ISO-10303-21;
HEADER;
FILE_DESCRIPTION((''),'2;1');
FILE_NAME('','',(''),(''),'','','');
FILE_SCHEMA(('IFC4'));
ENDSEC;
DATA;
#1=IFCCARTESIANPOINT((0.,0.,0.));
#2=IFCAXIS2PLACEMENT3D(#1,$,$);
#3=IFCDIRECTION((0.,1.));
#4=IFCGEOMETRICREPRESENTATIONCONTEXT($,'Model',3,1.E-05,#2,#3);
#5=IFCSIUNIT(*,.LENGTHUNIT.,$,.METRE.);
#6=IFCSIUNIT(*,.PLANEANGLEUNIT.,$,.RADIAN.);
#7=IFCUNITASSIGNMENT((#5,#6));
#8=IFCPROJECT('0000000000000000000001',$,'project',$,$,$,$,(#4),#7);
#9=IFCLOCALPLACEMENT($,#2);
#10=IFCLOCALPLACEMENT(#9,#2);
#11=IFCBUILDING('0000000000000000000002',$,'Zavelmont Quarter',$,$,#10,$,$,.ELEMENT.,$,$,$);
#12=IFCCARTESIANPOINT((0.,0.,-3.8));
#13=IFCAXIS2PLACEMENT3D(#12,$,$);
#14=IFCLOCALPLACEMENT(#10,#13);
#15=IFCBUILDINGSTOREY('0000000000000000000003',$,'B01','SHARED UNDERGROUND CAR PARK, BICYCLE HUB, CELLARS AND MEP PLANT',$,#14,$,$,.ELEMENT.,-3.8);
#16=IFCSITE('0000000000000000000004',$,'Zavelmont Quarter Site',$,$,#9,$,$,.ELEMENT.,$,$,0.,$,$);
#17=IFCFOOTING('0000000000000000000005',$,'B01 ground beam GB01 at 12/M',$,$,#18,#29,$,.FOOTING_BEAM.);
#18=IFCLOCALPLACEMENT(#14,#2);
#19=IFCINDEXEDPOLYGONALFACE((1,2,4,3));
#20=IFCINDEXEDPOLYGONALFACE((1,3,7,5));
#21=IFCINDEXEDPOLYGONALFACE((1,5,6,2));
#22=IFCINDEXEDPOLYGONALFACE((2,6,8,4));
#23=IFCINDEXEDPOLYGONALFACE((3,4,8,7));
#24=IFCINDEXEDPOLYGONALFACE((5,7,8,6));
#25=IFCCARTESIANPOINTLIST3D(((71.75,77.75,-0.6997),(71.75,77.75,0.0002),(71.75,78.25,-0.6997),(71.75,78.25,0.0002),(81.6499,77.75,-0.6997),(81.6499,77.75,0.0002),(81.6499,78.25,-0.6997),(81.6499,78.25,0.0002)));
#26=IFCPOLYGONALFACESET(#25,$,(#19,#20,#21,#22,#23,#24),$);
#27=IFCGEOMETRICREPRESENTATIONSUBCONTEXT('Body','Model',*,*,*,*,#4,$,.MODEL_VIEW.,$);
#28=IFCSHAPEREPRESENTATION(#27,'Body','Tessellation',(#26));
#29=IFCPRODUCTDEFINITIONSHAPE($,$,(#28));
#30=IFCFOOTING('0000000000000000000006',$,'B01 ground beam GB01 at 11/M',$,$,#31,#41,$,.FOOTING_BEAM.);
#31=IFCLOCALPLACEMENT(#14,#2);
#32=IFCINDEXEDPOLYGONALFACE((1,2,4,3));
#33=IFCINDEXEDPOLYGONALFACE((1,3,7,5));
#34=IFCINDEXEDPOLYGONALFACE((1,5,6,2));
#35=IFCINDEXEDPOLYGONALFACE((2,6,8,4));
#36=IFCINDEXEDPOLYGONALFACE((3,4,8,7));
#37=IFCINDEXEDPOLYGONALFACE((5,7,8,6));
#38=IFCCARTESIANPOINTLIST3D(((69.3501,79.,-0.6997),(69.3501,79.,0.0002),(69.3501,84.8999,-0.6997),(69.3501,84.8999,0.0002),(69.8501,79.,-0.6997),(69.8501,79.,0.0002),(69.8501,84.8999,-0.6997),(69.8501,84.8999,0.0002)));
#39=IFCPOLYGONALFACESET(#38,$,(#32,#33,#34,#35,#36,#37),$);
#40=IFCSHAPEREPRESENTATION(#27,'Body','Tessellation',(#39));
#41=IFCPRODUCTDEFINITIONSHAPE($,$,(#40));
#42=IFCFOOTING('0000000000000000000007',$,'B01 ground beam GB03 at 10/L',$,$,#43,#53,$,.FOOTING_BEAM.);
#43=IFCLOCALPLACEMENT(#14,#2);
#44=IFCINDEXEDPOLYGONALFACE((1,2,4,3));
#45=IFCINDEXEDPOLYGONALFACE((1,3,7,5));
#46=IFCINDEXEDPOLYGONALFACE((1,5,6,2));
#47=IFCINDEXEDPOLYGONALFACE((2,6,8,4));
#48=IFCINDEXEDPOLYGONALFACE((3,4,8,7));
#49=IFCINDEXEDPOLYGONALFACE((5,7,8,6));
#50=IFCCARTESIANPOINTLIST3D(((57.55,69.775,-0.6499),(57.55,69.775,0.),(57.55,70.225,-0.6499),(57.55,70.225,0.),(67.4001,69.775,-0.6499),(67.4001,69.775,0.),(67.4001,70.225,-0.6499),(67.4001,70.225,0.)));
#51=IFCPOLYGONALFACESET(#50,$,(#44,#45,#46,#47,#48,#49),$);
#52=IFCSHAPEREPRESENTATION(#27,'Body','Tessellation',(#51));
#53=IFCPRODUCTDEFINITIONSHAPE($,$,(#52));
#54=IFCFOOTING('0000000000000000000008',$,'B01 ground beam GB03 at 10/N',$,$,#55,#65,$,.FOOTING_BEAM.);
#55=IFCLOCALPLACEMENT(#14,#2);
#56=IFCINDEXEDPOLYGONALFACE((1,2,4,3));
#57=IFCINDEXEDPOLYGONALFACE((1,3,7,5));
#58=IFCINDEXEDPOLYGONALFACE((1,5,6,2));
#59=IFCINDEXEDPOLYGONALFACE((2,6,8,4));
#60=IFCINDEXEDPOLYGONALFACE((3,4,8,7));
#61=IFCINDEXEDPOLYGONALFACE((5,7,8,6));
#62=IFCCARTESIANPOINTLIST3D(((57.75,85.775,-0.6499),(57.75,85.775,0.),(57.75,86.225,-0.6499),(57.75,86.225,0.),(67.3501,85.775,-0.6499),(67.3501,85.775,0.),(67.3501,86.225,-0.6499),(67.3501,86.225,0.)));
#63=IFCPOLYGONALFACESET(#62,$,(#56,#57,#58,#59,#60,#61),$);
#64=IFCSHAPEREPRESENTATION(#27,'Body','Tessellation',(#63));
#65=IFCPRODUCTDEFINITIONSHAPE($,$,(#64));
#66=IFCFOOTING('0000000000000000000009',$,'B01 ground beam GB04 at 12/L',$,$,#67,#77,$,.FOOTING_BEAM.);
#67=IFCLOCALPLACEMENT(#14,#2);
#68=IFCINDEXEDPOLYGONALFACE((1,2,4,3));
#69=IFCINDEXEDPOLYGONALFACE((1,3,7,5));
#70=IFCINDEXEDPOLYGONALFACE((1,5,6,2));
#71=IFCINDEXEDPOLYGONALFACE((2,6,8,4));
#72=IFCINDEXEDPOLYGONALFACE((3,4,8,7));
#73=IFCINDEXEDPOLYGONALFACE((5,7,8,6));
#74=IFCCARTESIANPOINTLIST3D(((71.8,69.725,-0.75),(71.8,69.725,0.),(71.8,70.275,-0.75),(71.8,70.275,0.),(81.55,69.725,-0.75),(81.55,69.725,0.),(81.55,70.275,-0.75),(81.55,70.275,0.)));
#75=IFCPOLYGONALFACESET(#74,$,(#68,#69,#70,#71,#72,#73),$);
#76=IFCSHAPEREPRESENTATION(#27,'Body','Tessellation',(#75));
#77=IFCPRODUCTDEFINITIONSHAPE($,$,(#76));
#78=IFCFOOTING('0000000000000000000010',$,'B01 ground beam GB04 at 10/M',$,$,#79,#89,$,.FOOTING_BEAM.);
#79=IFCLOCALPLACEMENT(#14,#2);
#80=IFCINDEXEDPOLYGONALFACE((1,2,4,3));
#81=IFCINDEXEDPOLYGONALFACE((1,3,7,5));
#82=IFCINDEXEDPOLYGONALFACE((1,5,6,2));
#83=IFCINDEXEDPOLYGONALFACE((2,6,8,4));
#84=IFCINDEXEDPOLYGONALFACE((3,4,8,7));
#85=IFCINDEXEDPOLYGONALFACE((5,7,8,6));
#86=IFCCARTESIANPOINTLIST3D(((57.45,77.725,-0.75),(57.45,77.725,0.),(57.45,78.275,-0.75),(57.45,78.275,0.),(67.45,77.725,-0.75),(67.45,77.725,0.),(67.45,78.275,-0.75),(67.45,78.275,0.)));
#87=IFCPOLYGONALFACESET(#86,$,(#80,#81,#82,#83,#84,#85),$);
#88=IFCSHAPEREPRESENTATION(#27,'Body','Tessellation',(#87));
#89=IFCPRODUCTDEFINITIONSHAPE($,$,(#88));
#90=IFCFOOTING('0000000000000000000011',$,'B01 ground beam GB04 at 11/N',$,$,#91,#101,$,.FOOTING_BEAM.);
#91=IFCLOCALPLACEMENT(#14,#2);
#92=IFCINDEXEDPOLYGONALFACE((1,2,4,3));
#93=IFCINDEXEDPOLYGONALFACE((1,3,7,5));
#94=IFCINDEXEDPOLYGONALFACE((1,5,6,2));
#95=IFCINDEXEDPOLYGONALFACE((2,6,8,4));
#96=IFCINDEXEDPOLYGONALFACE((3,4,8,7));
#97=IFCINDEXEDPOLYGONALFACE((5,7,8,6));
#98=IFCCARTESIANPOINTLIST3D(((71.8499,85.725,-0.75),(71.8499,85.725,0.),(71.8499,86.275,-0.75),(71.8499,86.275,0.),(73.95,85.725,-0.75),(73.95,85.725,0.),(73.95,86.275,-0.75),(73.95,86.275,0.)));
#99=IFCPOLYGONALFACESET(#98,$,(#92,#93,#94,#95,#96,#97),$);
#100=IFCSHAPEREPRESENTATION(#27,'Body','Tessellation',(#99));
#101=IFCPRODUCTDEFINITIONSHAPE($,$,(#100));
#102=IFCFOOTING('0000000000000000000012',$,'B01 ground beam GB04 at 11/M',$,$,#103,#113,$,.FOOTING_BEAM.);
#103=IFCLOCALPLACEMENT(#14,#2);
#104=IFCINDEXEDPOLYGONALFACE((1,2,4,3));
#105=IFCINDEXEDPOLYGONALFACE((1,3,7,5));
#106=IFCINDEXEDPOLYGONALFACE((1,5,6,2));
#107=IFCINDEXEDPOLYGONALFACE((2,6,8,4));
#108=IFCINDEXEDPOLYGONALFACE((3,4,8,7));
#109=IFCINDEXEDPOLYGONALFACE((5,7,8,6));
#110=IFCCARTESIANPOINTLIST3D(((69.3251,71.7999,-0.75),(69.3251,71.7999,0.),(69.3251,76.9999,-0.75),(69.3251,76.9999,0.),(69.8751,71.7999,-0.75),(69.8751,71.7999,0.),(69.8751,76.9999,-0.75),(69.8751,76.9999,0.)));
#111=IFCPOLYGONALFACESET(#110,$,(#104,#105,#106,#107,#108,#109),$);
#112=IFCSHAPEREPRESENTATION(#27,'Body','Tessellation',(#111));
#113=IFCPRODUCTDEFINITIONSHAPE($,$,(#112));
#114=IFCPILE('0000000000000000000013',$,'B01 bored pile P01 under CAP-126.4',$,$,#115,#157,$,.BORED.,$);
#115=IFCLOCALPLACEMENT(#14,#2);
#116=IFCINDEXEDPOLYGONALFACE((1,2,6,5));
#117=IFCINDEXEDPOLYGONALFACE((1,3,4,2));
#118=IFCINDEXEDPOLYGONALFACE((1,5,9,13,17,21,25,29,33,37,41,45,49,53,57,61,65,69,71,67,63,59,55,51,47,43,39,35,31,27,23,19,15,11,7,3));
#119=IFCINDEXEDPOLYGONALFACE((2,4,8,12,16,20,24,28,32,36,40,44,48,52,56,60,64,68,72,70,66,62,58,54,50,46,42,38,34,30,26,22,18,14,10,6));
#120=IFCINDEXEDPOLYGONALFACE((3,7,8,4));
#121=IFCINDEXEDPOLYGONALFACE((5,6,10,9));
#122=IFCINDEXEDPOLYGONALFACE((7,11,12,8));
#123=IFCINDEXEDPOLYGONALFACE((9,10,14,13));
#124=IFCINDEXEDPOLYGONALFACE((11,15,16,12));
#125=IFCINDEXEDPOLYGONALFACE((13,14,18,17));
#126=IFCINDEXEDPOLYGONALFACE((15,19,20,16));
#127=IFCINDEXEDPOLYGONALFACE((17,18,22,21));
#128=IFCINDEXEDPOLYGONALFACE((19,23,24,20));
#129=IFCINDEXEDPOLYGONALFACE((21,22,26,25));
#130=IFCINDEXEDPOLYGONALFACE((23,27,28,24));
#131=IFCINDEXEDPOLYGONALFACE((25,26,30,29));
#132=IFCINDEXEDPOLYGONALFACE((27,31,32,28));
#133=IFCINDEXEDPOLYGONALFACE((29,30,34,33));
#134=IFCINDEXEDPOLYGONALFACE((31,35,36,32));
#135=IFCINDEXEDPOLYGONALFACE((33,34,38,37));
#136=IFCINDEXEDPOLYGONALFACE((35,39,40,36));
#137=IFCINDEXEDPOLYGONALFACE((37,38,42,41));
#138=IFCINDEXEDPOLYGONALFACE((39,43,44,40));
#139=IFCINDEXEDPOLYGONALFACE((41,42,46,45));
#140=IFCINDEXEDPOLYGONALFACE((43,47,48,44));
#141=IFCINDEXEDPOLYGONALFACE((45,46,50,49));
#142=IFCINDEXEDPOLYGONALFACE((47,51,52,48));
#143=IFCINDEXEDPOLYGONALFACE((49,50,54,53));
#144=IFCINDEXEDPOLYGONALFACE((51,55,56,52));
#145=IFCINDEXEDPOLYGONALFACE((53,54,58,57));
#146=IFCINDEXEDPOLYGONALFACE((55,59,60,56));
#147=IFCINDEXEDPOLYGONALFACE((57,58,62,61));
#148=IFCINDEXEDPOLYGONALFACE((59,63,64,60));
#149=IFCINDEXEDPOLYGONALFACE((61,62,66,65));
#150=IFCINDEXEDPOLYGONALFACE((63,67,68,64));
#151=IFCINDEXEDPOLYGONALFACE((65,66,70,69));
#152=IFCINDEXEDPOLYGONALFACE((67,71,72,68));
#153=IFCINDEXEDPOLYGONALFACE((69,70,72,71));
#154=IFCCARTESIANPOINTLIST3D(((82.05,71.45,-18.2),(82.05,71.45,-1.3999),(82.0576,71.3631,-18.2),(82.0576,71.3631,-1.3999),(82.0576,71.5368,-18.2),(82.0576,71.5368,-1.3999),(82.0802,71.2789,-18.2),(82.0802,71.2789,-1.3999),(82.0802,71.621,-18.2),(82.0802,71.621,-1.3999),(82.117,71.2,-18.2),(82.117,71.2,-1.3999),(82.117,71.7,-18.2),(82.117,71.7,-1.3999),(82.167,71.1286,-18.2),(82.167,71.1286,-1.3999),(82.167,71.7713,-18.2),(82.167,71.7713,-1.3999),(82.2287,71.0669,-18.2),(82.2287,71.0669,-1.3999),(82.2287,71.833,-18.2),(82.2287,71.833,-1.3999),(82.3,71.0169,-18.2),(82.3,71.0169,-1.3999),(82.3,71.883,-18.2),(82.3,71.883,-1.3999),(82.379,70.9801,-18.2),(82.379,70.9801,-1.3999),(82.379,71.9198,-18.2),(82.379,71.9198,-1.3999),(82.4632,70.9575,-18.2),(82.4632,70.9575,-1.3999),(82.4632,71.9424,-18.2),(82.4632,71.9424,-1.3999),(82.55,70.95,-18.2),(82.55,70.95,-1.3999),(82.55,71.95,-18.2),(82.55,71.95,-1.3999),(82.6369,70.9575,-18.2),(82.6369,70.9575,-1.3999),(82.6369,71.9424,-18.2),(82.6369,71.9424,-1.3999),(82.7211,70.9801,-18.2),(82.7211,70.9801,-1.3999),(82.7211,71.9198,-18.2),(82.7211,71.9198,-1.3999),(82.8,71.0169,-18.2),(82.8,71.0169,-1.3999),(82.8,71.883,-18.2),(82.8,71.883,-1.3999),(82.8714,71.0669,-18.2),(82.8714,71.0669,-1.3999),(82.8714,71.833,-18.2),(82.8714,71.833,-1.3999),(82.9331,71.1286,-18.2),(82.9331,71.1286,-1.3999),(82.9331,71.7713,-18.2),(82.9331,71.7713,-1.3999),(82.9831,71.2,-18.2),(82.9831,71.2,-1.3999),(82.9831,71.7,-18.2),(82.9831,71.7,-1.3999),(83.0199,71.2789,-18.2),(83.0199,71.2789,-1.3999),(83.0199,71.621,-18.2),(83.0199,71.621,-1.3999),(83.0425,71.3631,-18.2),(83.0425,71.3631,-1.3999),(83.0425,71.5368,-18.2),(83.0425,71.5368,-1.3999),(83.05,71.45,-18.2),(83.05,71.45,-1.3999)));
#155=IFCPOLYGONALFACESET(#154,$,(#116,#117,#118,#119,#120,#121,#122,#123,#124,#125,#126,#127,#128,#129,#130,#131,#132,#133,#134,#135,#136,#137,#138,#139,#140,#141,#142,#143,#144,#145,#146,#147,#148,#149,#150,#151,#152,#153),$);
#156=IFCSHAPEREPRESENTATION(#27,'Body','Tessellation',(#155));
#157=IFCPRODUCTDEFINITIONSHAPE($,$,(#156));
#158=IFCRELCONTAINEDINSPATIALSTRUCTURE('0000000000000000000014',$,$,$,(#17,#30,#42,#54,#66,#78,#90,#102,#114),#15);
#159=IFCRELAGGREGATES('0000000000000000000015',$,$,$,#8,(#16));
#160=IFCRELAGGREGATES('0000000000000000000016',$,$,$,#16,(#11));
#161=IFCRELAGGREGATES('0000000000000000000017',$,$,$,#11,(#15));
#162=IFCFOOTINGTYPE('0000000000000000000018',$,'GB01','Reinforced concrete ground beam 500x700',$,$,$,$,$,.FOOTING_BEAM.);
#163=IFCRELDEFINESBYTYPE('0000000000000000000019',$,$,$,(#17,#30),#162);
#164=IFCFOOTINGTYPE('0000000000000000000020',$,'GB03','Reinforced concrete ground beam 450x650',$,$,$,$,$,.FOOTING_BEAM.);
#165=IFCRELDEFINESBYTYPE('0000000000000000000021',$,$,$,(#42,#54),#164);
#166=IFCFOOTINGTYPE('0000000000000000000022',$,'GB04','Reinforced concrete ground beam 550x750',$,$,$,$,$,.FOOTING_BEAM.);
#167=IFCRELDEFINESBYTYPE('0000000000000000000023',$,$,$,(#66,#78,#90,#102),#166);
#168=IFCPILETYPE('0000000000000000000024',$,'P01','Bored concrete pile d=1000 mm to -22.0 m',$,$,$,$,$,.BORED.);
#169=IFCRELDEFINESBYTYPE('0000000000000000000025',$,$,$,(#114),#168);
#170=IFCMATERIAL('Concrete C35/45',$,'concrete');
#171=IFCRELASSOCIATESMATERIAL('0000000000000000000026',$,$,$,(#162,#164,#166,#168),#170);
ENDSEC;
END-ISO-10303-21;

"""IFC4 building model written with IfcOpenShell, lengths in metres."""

from ifc_helpers import new_model, si_unit, direction, frame, origin, origin_2d, place, context, subcontext, project, spatial, rectangle, circle, extrude, material, material_profile, profile_set, type_object, element, save


model = new_model("IFC4")

# Units and contexts
model_context = context("Model", 3, precision=1e-05, world=origin(), true_north=direction((0.0, 1.0)))
body_context = subcontext(model_context, "Body", "Model", "MODEL_VIEW")
ifc_project = project(units=[si_unit("LENGTHUNIT", "METRE"), si_unit("PLANEANGLEUNIT", "RADIAN")], contexts=[model_context])

# Site, building, storey
site_placement = place(None, origin())
site = spatial("IfcSite", under=ifc_project, at=site_placement, Name="Zavelmont Quarter Site", CompositionType="ELEMENT", RefElevation=0.0)
building_placement = place(site_placement, origin())
building = spatial("IfcBuilding", under=site, at=building_placement, Name="Zavelmont Quarter", CompositionType="ELEMENT")
storey_placement = place(building_placement, frame((0.0, 0.0, -3.8)))
storey = spatial("IfcBuildingStorey", under=building, at=storey_placement, Name="B01", Description="SHARED UNDERGROUND CAR PARK, BICYCLE HUB, CELLARS AND MEP PLANT", CompositionType="ELEMENT", Elevation=-3.8)

# Footings
ifc_material_1 = material(Name="Concrete C35/45", Category="concrete")
footing_type_1 = type_object("IfcFootingType", Name="GB01", Description="Reinforced concrete ground beam 500x700", PredefinedType="FOOTING_BEAM", material=ifc_material_1)
footing_1_placement = place(storey_placement, frame((76.7, 78.0, -0.6997), z_axis=(0.0, 0.0, 1.0), x_axis=(1.0, 0.0, 0.0)))
element("IfcFooting", 1, at=footing_1_placement, inside=storey, type_object=footing_type_1, Name="B01 ground beam GB01 at 12/M", PredefinedType="FOOTING_BEAM", context=body_context, shape_type="SweptSolid", body=[
    extrude(rectangle(XDim=9.8999, YDim=0.5, at=origin_2d()), origin(), (0.0, 0.0, 1.0), 0.7),
])
footing_2_placement = place(storey_placement, frame((69.6001, 81.95, -0.6997), z_axis=(0.0, 0.0, 1.0), x_axis=(0.0, 1.0, 0.0)))
element("IfcFooting", 2, at=footing_2_placement, inside=storey, type_object=footing_type_1, Name="B01 ground beam GB01 at 11/M", PredefinedType="FOOTING_BEAM", context=body_context, shape_type="SweptSolid", body=[
    extrude(rectangle(XDim=5.8999, YDim=0.5, at=origin_2d()), origin(), (0.0, 0.0, 1.0), 0.7),
])
footing_type_2 = type_object("IfcFootingType", Name="GB03", Description="Reinforced concrete ground beam 450x650", PredefinedType="FOOTING_BEAM", material=ifc_material_1)
footing_3_placement = place(storey_placement, frame((62.4751, 70.0, -0.6499), z_axis=(0.0, 0.0, 1.0), x_axis=(1.0, 0.0, 0.0)))
element("IfcFooting", 3, at=footing_3_placement, inside=storey, type_object=footing_type_2, Name="B01 ground beam GB03 at 10/L", PredefinedType="FOOTING_BEAM", context=body_context, shape_type="SweptSolid", body=[
    extrude(rectangle(XDim=9.8501, YDim=0.45, at=origin_2d()), origin(), (0.0, 0.0, 1.0), 0.6499),
])
footing_4_placement = place(storey_placement, frame((62.55, 86.0, -0.6499), z_axis=(0.0, 0.0, 1.0), x_axis=(1.0, 0.0, 0.0)))
element("IfcFooting", 4, at=footing_4_placement, inside=storey, type_object=footing_type_2, Name="B01 ground beam GB03 at 10/N", PredefinedType="FOOTING_BEAM", context=body_context, shape_type="SweptSolid", body=[
    extrude(rectangle(XDim=9.6001, YDim=0.45, at=origin_2d()), origin(), (0.0, 0.0, 1.0), 0.6499),
])
footing_type_3 = type_object("IfcFootingType", Name="GB04", Description="Reinforced concrete ground beam 550x750", PredefinedType="FOOTING_BEAM", material=ifc_material_1)
footing_5_placement = place(storey_placement, frame((76.675, 70.0, -0.75), z_axis=(0.0, 0.0, 1.0), x_axis=(1.0, 0.0, 0.0)))
element("IfcFooting", 5, at=footing_5_placement, inside=storey, type_object=footing_type_3, Name="B01 ground beam GB04 at 12/L", PredefinedType="FOOTING_BEAM", context=body_context, shape_type="SweptSolid", body=[
    extrude(rectangle(XDim=9.75, YDim=0.55, at=origin_2d()), origin(), (0.0, 0.0, 1.0), 0.75),
])
footing_6_placement = place(storey_placement, frame((62.45, 78.0, -0.75), z_axis=(0.0, 0.0, 1.0), x_axis=(1.0, 0.0, 0.0)))
element("IfcFooting", 6, at=footing_6_placement, inside=storey, type_object=footing_type_3, Name="B01 ground beam GB04 at 10/M", PredefinedType="FOOTING_BEAM", context=body_context, shape_type="SweptSolid", body=[
    extrude(rectangle(XDim=10.0, YDim=0.55, at=origin_2d()), origin(), (0.0, 0.0, 1.0), 0.75),
])
footing_7_placement = place(storey_placement, frame((72.8999, 86.0, -0.75), z_axis=(0.0, 0.0, 1.0), x_axis=(1.0, 0.0, 0.0)))
element("IfcFooting", 7, at=footing_7_placement, inside=storey, type_object=footing_type_3, Name="B01 ground beam GB04 at 11/N", PredefinedType="FOOTING_BEAM", context=body_context, shape_type="SweptSolid", body=[
    extrude(rectangle(XDim=2.1001, YDim=0.55, at=origin_2d()), origin(), (0.0, 0.0, 1.0), 0.75),
])
footing_8_placement = place(storey_placement, frame((69.6001, 74.3999, -0.75), z_axis=(0.0, 0.0, 1.0), x_axis=(0.0, 1.0, 0.0)))
element("IfcFooting", 8, at=footing_8_placement, inside=storey, type_object=footing_type_3, Name="B01 ground beam GB04 at 11/M", PredefinedType="FOOTING_BEAM", context=body_context, shape_type="SweptSolid", body=[
    extrude(rectangle(XDim=5.2, YDim=0.55, at=origin_2d()), origin(), (0.0, 0.0, 1.0), 0.75),
])

# Pile
ifc_material_profile_1 = material_profile(ifc_material_1, circle(Radius=0.5, at=origin_2d()), Name="BP1000")
ifc_profile_set_1 = profile_set([ifc_material_profile_1], Name="Concrete C35/45")
pile_type_1 = type_object("IfcPileType", Name="P01", Description="Bored concrete pile d=1000 mm to -22.0 m", PredefinedType="BORED", material=ifc_profile_set_1)
pile_placement = place(storey_placement, frame((82.55, 71.45, -1.3999), z_axis=(0.0, 0.0, -1.0), x_axis=(1.0, 0.0, 0.0)))
element("IfcPile", 9, at=pile_placement, inside=storey, type_object=pile_type_1, Name="B01 bored pile P01 under CAP-126.4", PredefinedType="BORED", context=body_context, shape_type="SweptSolid", body=[
    extrude(circle(Radius=0.5, at=origin_2d()), origin(), (0.0, 0.0, 1.0), 16.8),
])

save(model, "model.ifc")
